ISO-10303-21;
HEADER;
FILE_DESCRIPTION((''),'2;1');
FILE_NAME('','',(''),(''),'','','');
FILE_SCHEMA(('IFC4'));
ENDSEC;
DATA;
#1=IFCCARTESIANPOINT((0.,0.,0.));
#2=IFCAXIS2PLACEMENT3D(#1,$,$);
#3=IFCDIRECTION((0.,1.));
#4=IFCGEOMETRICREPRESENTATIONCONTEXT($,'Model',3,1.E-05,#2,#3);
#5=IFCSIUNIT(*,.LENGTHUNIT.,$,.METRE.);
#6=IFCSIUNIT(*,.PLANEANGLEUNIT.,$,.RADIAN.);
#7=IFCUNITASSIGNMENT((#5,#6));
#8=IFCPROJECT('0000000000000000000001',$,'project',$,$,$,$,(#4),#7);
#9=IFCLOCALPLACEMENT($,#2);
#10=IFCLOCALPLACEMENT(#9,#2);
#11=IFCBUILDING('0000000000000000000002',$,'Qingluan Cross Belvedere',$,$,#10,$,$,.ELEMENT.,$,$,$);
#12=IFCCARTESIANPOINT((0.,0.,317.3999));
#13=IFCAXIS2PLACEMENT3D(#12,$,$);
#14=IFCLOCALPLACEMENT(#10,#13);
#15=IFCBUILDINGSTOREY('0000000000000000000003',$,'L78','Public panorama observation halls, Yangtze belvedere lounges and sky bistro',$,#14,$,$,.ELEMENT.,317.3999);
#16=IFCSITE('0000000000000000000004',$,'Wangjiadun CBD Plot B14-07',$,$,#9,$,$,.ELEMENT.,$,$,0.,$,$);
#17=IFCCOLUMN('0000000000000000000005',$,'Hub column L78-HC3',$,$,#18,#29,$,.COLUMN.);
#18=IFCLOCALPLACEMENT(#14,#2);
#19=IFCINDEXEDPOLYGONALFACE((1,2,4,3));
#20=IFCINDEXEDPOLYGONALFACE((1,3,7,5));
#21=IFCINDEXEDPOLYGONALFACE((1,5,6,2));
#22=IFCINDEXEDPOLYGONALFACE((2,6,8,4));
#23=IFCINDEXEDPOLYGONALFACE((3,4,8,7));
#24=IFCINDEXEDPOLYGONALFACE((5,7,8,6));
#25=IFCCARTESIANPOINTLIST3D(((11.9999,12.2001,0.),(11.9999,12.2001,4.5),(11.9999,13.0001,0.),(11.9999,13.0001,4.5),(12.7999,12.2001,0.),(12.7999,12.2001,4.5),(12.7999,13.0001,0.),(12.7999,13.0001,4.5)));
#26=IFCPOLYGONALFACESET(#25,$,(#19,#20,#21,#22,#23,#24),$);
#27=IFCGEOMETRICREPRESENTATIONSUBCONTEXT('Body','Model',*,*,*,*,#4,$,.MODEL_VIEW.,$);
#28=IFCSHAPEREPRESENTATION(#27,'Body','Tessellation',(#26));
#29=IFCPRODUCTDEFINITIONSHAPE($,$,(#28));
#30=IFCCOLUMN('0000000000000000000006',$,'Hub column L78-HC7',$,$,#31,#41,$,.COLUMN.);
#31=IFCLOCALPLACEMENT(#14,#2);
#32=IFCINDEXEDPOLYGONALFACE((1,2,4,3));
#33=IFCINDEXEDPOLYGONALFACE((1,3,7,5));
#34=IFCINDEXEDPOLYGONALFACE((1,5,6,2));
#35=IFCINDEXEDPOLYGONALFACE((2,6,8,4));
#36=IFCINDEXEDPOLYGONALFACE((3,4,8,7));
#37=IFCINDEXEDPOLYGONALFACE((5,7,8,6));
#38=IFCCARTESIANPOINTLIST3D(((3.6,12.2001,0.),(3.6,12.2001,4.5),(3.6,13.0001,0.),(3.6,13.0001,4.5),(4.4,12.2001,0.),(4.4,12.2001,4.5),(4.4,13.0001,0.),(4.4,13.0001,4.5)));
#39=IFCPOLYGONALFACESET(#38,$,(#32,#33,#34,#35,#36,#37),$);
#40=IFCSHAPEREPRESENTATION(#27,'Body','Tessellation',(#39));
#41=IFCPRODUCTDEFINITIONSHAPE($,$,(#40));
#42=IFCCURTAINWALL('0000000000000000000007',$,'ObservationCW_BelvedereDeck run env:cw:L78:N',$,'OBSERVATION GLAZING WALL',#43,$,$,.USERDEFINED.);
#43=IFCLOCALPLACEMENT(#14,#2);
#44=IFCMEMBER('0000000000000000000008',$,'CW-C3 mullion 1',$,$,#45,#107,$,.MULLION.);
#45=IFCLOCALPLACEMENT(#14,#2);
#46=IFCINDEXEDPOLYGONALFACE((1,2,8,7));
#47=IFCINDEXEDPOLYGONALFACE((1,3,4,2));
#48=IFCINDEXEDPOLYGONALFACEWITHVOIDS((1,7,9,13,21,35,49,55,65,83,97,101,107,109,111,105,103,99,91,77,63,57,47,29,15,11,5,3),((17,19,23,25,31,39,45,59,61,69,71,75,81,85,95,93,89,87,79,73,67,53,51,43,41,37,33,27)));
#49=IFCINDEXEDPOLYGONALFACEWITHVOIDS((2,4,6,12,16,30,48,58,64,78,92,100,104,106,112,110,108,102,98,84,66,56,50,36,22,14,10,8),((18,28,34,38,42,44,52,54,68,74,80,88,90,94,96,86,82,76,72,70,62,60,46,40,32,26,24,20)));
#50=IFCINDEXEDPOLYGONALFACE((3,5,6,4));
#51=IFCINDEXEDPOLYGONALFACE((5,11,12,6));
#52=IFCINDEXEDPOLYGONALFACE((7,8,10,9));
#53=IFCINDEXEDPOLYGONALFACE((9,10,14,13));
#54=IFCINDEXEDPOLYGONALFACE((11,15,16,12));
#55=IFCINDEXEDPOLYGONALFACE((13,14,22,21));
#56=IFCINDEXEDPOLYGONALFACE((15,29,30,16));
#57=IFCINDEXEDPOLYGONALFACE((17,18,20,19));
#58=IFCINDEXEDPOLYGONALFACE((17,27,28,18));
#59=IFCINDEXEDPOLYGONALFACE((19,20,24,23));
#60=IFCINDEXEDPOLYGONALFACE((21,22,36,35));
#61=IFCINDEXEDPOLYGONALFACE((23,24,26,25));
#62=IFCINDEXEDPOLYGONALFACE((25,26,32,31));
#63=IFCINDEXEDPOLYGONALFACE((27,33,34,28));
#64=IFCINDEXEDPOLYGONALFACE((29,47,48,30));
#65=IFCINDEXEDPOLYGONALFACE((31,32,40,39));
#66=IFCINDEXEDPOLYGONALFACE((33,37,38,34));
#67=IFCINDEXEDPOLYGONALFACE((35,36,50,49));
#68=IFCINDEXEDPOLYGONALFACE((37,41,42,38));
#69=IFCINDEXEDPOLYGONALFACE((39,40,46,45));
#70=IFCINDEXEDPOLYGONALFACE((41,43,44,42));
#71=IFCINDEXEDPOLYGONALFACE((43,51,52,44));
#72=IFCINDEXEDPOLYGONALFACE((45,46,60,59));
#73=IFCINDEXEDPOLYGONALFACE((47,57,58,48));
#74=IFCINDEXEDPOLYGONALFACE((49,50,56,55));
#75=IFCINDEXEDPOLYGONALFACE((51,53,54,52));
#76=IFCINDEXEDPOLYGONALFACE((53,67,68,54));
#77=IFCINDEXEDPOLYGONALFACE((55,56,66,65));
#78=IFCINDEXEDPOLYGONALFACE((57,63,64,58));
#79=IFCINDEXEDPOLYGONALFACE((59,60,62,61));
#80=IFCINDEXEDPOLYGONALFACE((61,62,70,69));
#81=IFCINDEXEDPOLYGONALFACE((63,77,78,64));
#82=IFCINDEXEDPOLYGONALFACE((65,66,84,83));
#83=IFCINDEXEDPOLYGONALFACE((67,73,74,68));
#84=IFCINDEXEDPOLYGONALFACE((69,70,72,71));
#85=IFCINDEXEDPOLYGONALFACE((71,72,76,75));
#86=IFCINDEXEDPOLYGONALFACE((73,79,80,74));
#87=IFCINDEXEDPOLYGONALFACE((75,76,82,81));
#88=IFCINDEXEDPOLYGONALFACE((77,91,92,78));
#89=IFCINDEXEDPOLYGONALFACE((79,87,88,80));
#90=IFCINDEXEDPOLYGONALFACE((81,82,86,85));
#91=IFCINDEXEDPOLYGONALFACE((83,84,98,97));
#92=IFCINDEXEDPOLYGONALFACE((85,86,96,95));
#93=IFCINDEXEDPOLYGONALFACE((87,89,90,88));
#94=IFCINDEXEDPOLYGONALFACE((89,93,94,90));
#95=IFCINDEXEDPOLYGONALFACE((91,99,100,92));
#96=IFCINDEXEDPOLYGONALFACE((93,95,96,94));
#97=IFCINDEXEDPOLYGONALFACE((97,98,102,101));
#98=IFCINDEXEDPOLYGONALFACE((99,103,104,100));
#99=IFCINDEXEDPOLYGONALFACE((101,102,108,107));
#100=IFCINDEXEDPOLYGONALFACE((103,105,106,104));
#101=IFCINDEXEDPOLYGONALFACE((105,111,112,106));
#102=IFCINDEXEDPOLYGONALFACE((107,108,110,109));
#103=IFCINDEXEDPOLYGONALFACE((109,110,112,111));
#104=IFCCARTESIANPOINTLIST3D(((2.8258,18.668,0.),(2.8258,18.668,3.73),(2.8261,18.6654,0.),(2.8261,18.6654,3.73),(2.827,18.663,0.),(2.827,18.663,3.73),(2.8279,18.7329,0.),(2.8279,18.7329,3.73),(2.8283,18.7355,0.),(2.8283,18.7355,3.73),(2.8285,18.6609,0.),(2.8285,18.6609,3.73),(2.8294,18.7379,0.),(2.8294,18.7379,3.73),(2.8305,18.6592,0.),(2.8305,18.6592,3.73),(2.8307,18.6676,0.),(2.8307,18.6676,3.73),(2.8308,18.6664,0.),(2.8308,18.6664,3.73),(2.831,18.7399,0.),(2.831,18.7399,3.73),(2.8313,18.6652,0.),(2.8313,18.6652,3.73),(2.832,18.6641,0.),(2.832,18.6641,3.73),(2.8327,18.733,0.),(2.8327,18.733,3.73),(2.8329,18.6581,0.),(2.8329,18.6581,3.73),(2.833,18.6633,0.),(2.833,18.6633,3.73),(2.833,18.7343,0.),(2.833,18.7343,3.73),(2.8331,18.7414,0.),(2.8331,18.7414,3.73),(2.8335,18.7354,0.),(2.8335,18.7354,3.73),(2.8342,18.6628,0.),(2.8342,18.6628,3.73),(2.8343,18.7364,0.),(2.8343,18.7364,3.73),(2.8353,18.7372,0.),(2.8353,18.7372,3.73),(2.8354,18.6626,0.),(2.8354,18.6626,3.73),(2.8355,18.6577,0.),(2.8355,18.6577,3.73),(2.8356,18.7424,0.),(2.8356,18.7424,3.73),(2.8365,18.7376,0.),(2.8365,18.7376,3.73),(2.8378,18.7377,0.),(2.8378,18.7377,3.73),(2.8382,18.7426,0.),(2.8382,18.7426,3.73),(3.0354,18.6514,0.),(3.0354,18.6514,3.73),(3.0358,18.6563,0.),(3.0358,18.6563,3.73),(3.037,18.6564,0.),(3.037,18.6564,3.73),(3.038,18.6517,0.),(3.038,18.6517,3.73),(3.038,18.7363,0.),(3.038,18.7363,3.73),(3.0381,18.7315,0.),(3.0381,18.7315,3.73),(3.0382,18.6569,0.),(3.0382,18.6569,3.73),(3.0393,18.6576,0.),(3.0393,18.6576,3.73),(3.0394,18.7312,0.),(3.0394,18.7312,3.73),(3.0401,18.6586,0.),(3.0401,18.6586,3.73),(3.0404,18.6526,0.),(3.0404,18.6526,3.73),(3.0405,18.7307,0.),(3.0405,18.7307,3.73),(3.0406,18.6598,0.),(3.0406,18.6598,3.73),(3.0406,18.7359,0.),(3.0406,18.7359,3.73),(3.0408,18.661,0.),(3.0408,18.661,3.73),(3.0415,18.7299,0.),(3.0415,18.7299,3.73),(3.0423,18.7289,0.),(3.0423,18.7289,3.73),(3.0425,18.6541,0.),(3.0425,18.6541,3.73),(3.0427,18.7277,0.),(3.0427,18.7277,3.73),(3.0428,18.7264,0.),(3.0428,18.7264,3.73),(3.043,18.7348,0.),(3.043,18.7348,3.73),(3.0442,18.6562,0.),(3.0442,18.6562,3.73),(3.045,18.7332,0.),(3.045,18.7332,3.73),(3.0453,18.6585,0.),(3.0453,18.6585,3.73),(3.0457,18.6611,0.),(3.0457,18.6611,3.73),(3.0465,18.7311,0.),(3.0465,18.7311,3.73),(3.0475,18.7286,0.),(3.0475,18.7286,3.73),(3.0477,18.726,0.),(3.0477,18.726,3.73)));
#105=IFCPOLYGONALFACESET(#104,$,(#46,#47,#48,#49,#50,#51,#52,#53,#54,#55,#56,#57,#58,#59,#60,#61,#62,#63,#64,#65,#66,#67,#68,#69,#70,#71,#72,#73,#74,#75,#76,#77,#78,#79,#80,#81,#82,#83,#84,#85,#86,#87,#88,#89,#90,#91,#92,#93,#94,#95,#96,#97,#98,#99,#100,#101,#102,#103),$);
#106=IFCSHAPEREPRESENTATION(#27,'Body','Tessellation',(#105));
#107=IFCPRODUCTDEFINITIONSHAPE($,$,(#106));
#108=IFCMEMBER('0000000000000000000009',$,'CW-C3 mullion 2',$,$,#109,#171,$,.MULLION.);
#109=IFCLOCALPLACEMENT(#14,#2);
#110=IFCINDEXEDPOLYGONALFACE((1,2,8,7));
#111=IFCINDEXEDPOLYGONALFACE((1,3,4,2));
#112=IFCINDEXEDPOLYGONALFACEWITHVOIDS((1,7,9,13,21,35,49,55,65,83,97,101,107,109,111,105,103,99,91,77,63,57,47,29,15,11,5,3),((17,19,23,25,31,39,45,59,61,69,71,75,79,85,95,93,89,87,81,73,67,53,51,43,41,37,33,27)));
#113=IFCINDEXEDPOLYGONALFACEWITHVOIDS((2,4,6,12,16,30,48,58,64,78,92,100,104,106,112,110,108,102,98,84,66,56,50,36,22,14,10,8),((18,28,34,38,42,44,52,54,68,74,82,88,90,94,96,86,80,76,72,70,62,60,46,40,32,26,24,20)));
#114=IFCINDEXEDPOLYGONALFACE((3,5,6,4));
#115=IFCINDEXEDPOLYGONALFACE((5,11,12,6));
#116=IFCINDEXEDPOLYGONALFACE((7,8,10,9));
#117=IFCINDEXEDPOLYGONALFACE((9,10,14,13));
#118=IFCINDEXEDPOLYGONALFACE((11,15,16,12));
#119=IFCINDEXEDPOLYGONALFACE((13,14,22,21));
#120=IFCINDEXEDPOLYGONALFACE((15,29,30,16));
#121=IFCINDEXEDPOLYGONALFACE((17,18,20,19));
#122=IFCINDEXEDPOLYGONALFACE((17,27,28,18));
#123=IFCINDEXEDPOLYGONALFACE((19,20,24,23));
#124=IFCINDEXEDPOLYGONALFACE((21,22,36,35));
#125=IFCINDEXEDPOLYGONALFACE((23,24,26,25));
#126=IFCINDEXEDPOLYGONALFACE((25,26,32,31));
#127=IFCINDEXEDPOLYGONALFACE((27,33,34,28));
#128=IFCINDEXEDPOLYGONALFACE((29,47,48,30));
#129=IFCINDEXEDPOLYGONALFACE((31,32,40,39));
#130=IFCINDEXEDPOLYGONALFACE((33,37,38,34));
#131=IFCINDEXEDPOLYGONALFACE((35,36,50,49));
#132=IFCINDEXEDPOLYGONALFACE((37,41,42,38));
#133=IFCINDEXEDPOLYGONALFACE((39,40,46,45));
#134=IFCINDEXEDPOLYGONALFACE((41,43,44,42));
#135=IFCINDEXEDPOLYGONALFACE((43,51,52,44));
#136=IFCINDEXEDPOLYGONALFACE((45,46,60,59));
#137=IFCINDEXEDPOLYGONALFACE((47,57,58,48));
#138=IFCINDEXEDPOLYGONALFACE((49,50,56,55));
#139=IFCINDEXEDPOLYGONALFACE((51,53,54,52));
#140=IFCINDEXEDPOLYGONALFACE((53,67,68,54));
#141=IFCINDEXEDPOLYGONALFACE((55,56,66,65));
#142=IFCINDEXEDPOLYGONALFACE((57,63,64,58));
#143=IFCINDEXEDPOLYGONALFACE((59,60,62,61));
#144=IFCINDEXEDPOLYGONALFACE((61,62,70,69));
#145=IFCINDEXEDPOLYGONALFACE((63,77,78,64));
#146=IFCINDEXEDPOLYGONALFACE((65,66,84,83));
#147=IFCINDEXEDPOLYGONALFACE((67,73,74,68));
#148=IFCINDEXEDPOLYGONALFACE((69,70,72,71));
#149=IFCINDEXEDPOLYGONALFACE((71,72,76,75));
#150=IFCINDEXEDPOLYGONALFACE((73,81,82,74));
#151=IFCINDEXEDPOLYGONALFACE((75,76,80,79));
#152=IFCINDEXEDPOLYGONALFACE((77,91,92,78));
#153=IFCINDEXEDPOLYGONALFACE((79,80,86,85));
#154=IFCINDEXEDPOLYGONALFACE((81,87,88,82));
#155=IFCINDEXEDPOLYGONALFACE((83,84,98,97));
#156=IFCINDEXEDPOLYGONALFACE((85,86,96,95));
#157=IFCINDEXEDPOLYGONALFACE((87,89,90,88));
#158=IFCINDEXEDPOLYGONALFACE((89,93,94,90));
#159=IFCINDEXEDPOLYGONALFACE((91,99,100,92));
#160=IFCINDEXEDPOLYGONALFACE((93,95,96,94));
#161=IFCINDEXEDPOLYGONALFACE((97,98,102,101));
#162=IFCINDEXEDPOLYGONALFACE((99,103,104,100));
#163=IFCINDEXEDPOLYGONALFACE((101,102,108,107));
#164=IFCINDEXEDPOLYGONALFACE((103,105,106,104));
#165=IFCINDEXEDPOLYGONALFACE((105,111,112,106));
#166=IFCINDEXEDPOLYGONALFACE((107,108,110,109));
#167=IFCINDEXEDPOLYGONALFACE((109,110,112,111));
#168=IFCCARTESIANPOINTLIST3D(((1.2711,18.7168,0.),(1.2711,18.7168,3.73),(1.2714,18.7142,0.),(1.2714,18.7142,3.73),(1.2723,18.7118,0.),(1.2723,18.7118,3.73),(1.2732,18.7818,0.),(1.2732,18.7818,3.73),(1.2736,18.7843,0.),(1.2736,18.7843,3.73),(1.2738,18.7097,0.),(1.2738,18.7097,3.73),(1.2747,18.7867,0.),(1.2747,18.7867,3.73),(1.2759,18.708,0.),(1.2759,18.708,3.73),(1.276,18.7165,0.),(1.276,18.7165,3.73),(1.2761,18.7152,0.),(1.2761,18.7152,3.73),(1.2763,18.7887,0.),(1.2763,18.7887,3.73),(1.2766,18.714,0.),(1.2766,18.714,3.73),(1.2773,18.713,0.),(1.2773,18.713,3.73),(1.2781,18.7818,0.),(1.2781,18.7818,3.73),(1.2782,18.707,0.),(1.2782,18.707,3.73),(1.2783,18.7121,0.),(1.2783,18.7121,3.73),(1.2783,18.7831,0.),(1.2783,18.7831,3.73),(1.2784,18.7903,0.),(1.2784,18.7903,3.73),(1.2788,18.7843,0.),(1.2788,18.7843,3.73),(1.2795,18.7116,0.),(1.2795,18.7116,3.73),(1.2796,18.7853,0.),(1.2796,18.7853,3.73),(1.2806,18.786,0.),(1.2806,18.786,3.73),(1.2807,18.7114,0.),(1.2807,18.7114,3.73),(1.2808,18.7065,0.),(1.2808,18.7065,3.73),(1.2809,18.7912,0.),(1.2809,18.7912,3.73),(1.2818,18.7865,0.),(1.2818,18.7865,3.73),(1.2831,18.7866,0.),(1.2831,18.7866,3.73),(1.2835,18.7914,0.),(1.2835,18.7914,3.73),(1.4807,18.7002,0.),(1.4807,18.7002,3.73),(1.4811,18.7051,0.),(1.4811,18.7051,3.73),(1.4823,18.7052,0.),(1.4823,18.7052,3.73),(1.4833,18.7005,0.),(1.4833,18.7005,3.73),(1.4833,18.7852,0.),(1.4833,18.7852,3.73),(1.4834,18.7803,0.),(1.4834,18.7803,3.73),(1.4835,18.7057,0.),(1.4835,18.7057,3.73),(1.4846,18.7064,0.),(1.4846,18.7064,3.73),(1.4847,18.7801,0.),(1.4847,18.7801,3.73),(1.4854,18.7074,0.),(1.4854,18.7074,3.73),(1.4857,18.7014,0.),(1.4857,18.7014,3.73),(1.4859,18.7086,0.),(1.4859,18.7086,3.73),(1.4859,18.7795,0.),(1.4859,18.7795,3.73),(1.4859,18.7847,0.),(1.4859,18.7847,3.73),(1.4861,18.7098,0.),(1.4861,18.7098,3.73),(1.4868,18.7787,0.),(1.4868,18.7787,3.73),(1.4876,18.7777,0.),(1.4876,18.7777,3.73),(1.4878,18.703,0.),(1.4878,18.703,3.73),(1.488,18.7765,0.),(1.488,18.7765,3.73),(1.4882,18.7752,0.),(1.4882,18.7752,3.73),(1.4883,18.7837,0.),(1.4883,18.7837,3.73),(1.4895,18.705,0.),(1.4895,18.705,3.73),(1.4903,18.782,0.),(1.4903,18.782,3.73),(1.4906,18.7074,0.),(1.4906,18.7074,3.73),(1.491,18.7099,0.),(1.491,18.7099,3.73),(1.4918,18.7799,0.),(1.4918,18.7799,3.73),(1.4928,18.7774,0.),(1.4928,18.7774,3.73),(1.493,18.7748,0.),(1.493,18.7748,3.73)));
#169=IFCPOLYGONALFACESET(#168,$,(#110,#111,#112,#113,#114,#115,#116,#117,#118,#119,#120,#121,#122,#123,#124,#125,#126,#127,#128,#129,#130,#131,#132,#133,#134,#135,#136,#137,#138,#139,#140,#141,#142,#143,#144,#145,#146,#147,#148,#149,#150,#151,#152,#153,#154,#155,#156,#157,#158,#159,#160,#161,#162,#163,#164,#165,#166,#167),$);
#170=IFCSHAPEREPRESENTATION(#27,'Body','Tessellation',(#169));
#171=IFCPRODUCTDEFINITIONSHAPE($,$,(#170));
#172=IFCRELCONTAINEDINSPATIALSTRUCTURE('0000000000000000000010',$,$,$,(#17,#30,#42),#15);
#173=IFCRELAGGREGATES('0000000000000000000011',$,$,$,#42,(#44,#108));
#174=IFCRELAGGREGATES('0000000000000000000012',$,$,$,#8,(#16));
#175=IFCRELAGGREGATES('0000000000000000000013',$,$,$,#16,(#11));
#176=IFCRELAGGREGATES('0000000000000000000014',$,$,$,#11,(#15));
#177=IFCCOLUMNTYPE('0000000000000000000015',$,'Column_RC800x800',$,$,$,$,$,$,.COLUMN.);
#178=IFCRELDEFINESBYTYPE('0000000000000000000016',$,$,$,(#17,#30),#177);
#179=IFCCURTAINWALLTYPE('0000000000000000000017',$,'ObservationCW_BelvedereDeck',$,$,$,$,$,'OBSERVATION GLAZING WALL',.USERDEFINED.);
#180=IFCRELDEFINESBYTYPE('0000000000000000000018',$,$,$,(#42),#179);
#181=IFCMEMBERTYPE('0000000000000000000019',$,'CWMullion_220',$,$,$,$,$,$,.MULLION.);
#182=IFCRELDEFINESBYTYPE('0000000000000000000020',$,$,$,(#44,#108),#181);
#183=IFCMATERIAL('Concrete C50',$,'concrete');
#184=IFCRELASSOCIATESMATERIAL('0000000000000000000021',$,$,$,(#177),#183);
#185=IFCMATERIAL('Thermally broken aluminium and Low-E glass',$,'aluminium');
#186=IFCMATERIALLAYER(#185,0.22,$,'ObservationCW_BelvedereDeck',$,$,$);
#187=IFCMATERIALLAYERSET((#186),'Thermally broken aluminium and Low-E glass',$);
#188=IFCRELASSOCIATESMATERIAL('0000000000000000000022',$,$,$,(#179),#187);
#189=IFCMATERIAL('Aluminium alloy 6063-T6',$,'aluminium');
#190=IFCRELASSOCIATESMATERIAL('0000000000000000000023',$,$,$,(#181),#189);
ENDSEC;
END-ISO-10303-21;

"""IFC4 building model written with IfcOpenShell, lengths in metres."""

from ifc_helpers import new_model, si_unit, direction, frame, origin, origin_2d, place, context, subcontext, project, spatial, rectangle, hollow_rectangle, extrude, material, layer, layer_set, material_profile, profile_set, type_object, element, aggregate, save


model = new_model("IFC4")

# Units and contexts
model_context = context("Model", 3, precision=1e-05, world=origin(), true_north=direction((0.0, 1.0)))
body_context = subcontext(model_context, "Body", "Model", "MODEL_VIEW")
ifc_project = project(units=[si_unit("LENGTHUNIT", "METRE"), si_unit("PLANEANGLEUNIT", "RADIAN")], contexts=[model_context])

# Site, building, storey
site_placement = place(None, origin())
site = spatial("IfcSite", under=ifc_project, at=site_placement, Name="Wangjiadun CBD Plot B14-07", CompositionType="ELEMENT", RefElevation=0.0)
building_placement = place(site_placement, origin())
building = spatial("IfcBuilding", under=site, at=building_placement, Name="Qingluan Cross Belvedere", CompositionType="ELEMENT")
storey_placement = place(building_placement, frame((0.0, 0.0, 317.3999)))
storey = spatial("IfcBuildingStorey", under=building, at=storey_placement, Name="L78", Description="Public panorama observation halls, Yangtze belvedere lounges and sky bistro", CompositionType="ELEMENT", Elevation=317.3999)

# Columns
ifc_material_1 = material(Name="Concrete C50", Category="concrete")
ifc_material_profile_1 = material_profile(ifc_material_1, rectangle(XDim=0.8, YDim=0.8, at=origin_2d()), Name="RC800x800")
ifc_profile_set_1 = profile_set([ifc_material_profile_1], Name="Concrete C50")
column_type = type_object("IfcColumnType", Name="Column_RC800x800", PredefinedType="COLUMN", material=ifc_profile_set_1)
for number, where, z_axis, x_axis, name in (
    (1, (12.3999, 12.6001, 0.0), (0.0, 0.0, 1.0), (1.0, 0.0, 0.0), "Hub column L78-HC3"),
    (2, (4.0, 12.6001, 0.0), (0.0, 0.0, 1.0), (1.0, 0.0, 0.0), "Hub column L78-HC7"),
):
    element("IfcColumn", number, at=place(storey_placement, frame(where, z_axis=z_axis, x_axis=x_axis)), inside=storey, type_object=column_type, Name=name, PredefinedType="COLUMN", context=body_context, shape_type="SweptSolid", body=[
        extrude(rectangle(XDim=0.8, YDim=0.8, at=origin_2d()), origin(), (0.0, 0.0, 1.0), 4.5),
    ])

# Curtain wall, members
ifc_material_2 = material(Name="Thermally broken aluminium and Low-E glass", Category="aluminium")
ifc_layer_1 = layer(ifc_material_2, 0.22, Name="ObservationCW_BelvedereDeck")
ifc_layer_set_1 = layer_set([ifc_layer_1], Name="Thermally broken aluminium and Low-E glass")
curtain_wall_type = type_object("IfcCurtainWallType", Name="ObservationCW_BelvedereDeck", ElementType="OBSERVATION GLAZING WALL", PredefinedType="USERDEFINED", material=ifc_layer_set_1)
curtain_wall_placement = place(storey_placement, origin())
curtain_wall = element("IfcCurtainWall", 3, at=curtain_wall_placement, inside=storey, type_object=curtain_wall_type, Name="ObservationCW_BelvedereDeck run env:cw:L78:N", ObjectType="OBSERVATION GLAZING WALL", PredefinedType="USERDEFINED")
ifc_material_3 = material(Name="Aluminium alloy 6063-T6", Category="aluminium")
ifc_material_profile_2 = material_profile(ifc_material_3, hollow_rectangle(XDim=0.085, YDim=0.22, WallThickness=0.0049, InnerFilletRadius=0.0049, OuterFilletRadius=0.01, at=origin_2d()), Name="CWM220x85x5")
ifc_profile_set_2 = profile_set([ifc_material_profile_2], Name="Aluminium alloy 6063-T6")
member_type_1 = type_object("IfcMemberType", Name="CWMullion_220", PredefinedType="MULLION", material=ifc_profile_set_2)
member_1_placement = place(storey_placement, frame((2.9368, 18.697, 0.0), z_axis=(0.0, 0.0, 1.0), x_axis=(-0.031413, -0.999506, 0.0)))
member_1 = element("IfcMember", 4, at=member_1_placement, type_object=member_type_1, Name="CW-C3 mullion 1", PredefinedType="MULLION", context=body_context, shape_type="SweptSolid", body=[
    extrude(hollow_rectangle(XDim=0.085, YDim=0.22, WallThickness=0.0049, InnerFilletRadius=0.0049, OuterFilletRadius=0.01, at=origin_2d()), origin(), (0.0, 0.0, 1.0), 3.73),
])
member_2_placement = place(storey_placement, frame((1.3821, 18.7458, 0.0), z_axis=(0.0, 0.0, 1.0), x_axis=(-0.031413, -0.999506, 0.0)))
member_2 = element("IfcMember", 5, at=member_2_placement, type_object=member_type_1, Name="CW-C3 mullion 2", PredefinedType="MULLION", context=body_context, shape_type="SweptSolid", body=[
    extrude(hollow_rectangle(XDim=0.085, YDim=0.22, WallThickness=0.0049, InnerFilletRadius=0.0049, OuterFilletRadius=0.01, at=origin_2d()), origin(), (0.0, 0.0, 1.0), 3.73),
])

aggregate(curtain_wall, [member_1, member_2])

save(model, "model.ifc")
